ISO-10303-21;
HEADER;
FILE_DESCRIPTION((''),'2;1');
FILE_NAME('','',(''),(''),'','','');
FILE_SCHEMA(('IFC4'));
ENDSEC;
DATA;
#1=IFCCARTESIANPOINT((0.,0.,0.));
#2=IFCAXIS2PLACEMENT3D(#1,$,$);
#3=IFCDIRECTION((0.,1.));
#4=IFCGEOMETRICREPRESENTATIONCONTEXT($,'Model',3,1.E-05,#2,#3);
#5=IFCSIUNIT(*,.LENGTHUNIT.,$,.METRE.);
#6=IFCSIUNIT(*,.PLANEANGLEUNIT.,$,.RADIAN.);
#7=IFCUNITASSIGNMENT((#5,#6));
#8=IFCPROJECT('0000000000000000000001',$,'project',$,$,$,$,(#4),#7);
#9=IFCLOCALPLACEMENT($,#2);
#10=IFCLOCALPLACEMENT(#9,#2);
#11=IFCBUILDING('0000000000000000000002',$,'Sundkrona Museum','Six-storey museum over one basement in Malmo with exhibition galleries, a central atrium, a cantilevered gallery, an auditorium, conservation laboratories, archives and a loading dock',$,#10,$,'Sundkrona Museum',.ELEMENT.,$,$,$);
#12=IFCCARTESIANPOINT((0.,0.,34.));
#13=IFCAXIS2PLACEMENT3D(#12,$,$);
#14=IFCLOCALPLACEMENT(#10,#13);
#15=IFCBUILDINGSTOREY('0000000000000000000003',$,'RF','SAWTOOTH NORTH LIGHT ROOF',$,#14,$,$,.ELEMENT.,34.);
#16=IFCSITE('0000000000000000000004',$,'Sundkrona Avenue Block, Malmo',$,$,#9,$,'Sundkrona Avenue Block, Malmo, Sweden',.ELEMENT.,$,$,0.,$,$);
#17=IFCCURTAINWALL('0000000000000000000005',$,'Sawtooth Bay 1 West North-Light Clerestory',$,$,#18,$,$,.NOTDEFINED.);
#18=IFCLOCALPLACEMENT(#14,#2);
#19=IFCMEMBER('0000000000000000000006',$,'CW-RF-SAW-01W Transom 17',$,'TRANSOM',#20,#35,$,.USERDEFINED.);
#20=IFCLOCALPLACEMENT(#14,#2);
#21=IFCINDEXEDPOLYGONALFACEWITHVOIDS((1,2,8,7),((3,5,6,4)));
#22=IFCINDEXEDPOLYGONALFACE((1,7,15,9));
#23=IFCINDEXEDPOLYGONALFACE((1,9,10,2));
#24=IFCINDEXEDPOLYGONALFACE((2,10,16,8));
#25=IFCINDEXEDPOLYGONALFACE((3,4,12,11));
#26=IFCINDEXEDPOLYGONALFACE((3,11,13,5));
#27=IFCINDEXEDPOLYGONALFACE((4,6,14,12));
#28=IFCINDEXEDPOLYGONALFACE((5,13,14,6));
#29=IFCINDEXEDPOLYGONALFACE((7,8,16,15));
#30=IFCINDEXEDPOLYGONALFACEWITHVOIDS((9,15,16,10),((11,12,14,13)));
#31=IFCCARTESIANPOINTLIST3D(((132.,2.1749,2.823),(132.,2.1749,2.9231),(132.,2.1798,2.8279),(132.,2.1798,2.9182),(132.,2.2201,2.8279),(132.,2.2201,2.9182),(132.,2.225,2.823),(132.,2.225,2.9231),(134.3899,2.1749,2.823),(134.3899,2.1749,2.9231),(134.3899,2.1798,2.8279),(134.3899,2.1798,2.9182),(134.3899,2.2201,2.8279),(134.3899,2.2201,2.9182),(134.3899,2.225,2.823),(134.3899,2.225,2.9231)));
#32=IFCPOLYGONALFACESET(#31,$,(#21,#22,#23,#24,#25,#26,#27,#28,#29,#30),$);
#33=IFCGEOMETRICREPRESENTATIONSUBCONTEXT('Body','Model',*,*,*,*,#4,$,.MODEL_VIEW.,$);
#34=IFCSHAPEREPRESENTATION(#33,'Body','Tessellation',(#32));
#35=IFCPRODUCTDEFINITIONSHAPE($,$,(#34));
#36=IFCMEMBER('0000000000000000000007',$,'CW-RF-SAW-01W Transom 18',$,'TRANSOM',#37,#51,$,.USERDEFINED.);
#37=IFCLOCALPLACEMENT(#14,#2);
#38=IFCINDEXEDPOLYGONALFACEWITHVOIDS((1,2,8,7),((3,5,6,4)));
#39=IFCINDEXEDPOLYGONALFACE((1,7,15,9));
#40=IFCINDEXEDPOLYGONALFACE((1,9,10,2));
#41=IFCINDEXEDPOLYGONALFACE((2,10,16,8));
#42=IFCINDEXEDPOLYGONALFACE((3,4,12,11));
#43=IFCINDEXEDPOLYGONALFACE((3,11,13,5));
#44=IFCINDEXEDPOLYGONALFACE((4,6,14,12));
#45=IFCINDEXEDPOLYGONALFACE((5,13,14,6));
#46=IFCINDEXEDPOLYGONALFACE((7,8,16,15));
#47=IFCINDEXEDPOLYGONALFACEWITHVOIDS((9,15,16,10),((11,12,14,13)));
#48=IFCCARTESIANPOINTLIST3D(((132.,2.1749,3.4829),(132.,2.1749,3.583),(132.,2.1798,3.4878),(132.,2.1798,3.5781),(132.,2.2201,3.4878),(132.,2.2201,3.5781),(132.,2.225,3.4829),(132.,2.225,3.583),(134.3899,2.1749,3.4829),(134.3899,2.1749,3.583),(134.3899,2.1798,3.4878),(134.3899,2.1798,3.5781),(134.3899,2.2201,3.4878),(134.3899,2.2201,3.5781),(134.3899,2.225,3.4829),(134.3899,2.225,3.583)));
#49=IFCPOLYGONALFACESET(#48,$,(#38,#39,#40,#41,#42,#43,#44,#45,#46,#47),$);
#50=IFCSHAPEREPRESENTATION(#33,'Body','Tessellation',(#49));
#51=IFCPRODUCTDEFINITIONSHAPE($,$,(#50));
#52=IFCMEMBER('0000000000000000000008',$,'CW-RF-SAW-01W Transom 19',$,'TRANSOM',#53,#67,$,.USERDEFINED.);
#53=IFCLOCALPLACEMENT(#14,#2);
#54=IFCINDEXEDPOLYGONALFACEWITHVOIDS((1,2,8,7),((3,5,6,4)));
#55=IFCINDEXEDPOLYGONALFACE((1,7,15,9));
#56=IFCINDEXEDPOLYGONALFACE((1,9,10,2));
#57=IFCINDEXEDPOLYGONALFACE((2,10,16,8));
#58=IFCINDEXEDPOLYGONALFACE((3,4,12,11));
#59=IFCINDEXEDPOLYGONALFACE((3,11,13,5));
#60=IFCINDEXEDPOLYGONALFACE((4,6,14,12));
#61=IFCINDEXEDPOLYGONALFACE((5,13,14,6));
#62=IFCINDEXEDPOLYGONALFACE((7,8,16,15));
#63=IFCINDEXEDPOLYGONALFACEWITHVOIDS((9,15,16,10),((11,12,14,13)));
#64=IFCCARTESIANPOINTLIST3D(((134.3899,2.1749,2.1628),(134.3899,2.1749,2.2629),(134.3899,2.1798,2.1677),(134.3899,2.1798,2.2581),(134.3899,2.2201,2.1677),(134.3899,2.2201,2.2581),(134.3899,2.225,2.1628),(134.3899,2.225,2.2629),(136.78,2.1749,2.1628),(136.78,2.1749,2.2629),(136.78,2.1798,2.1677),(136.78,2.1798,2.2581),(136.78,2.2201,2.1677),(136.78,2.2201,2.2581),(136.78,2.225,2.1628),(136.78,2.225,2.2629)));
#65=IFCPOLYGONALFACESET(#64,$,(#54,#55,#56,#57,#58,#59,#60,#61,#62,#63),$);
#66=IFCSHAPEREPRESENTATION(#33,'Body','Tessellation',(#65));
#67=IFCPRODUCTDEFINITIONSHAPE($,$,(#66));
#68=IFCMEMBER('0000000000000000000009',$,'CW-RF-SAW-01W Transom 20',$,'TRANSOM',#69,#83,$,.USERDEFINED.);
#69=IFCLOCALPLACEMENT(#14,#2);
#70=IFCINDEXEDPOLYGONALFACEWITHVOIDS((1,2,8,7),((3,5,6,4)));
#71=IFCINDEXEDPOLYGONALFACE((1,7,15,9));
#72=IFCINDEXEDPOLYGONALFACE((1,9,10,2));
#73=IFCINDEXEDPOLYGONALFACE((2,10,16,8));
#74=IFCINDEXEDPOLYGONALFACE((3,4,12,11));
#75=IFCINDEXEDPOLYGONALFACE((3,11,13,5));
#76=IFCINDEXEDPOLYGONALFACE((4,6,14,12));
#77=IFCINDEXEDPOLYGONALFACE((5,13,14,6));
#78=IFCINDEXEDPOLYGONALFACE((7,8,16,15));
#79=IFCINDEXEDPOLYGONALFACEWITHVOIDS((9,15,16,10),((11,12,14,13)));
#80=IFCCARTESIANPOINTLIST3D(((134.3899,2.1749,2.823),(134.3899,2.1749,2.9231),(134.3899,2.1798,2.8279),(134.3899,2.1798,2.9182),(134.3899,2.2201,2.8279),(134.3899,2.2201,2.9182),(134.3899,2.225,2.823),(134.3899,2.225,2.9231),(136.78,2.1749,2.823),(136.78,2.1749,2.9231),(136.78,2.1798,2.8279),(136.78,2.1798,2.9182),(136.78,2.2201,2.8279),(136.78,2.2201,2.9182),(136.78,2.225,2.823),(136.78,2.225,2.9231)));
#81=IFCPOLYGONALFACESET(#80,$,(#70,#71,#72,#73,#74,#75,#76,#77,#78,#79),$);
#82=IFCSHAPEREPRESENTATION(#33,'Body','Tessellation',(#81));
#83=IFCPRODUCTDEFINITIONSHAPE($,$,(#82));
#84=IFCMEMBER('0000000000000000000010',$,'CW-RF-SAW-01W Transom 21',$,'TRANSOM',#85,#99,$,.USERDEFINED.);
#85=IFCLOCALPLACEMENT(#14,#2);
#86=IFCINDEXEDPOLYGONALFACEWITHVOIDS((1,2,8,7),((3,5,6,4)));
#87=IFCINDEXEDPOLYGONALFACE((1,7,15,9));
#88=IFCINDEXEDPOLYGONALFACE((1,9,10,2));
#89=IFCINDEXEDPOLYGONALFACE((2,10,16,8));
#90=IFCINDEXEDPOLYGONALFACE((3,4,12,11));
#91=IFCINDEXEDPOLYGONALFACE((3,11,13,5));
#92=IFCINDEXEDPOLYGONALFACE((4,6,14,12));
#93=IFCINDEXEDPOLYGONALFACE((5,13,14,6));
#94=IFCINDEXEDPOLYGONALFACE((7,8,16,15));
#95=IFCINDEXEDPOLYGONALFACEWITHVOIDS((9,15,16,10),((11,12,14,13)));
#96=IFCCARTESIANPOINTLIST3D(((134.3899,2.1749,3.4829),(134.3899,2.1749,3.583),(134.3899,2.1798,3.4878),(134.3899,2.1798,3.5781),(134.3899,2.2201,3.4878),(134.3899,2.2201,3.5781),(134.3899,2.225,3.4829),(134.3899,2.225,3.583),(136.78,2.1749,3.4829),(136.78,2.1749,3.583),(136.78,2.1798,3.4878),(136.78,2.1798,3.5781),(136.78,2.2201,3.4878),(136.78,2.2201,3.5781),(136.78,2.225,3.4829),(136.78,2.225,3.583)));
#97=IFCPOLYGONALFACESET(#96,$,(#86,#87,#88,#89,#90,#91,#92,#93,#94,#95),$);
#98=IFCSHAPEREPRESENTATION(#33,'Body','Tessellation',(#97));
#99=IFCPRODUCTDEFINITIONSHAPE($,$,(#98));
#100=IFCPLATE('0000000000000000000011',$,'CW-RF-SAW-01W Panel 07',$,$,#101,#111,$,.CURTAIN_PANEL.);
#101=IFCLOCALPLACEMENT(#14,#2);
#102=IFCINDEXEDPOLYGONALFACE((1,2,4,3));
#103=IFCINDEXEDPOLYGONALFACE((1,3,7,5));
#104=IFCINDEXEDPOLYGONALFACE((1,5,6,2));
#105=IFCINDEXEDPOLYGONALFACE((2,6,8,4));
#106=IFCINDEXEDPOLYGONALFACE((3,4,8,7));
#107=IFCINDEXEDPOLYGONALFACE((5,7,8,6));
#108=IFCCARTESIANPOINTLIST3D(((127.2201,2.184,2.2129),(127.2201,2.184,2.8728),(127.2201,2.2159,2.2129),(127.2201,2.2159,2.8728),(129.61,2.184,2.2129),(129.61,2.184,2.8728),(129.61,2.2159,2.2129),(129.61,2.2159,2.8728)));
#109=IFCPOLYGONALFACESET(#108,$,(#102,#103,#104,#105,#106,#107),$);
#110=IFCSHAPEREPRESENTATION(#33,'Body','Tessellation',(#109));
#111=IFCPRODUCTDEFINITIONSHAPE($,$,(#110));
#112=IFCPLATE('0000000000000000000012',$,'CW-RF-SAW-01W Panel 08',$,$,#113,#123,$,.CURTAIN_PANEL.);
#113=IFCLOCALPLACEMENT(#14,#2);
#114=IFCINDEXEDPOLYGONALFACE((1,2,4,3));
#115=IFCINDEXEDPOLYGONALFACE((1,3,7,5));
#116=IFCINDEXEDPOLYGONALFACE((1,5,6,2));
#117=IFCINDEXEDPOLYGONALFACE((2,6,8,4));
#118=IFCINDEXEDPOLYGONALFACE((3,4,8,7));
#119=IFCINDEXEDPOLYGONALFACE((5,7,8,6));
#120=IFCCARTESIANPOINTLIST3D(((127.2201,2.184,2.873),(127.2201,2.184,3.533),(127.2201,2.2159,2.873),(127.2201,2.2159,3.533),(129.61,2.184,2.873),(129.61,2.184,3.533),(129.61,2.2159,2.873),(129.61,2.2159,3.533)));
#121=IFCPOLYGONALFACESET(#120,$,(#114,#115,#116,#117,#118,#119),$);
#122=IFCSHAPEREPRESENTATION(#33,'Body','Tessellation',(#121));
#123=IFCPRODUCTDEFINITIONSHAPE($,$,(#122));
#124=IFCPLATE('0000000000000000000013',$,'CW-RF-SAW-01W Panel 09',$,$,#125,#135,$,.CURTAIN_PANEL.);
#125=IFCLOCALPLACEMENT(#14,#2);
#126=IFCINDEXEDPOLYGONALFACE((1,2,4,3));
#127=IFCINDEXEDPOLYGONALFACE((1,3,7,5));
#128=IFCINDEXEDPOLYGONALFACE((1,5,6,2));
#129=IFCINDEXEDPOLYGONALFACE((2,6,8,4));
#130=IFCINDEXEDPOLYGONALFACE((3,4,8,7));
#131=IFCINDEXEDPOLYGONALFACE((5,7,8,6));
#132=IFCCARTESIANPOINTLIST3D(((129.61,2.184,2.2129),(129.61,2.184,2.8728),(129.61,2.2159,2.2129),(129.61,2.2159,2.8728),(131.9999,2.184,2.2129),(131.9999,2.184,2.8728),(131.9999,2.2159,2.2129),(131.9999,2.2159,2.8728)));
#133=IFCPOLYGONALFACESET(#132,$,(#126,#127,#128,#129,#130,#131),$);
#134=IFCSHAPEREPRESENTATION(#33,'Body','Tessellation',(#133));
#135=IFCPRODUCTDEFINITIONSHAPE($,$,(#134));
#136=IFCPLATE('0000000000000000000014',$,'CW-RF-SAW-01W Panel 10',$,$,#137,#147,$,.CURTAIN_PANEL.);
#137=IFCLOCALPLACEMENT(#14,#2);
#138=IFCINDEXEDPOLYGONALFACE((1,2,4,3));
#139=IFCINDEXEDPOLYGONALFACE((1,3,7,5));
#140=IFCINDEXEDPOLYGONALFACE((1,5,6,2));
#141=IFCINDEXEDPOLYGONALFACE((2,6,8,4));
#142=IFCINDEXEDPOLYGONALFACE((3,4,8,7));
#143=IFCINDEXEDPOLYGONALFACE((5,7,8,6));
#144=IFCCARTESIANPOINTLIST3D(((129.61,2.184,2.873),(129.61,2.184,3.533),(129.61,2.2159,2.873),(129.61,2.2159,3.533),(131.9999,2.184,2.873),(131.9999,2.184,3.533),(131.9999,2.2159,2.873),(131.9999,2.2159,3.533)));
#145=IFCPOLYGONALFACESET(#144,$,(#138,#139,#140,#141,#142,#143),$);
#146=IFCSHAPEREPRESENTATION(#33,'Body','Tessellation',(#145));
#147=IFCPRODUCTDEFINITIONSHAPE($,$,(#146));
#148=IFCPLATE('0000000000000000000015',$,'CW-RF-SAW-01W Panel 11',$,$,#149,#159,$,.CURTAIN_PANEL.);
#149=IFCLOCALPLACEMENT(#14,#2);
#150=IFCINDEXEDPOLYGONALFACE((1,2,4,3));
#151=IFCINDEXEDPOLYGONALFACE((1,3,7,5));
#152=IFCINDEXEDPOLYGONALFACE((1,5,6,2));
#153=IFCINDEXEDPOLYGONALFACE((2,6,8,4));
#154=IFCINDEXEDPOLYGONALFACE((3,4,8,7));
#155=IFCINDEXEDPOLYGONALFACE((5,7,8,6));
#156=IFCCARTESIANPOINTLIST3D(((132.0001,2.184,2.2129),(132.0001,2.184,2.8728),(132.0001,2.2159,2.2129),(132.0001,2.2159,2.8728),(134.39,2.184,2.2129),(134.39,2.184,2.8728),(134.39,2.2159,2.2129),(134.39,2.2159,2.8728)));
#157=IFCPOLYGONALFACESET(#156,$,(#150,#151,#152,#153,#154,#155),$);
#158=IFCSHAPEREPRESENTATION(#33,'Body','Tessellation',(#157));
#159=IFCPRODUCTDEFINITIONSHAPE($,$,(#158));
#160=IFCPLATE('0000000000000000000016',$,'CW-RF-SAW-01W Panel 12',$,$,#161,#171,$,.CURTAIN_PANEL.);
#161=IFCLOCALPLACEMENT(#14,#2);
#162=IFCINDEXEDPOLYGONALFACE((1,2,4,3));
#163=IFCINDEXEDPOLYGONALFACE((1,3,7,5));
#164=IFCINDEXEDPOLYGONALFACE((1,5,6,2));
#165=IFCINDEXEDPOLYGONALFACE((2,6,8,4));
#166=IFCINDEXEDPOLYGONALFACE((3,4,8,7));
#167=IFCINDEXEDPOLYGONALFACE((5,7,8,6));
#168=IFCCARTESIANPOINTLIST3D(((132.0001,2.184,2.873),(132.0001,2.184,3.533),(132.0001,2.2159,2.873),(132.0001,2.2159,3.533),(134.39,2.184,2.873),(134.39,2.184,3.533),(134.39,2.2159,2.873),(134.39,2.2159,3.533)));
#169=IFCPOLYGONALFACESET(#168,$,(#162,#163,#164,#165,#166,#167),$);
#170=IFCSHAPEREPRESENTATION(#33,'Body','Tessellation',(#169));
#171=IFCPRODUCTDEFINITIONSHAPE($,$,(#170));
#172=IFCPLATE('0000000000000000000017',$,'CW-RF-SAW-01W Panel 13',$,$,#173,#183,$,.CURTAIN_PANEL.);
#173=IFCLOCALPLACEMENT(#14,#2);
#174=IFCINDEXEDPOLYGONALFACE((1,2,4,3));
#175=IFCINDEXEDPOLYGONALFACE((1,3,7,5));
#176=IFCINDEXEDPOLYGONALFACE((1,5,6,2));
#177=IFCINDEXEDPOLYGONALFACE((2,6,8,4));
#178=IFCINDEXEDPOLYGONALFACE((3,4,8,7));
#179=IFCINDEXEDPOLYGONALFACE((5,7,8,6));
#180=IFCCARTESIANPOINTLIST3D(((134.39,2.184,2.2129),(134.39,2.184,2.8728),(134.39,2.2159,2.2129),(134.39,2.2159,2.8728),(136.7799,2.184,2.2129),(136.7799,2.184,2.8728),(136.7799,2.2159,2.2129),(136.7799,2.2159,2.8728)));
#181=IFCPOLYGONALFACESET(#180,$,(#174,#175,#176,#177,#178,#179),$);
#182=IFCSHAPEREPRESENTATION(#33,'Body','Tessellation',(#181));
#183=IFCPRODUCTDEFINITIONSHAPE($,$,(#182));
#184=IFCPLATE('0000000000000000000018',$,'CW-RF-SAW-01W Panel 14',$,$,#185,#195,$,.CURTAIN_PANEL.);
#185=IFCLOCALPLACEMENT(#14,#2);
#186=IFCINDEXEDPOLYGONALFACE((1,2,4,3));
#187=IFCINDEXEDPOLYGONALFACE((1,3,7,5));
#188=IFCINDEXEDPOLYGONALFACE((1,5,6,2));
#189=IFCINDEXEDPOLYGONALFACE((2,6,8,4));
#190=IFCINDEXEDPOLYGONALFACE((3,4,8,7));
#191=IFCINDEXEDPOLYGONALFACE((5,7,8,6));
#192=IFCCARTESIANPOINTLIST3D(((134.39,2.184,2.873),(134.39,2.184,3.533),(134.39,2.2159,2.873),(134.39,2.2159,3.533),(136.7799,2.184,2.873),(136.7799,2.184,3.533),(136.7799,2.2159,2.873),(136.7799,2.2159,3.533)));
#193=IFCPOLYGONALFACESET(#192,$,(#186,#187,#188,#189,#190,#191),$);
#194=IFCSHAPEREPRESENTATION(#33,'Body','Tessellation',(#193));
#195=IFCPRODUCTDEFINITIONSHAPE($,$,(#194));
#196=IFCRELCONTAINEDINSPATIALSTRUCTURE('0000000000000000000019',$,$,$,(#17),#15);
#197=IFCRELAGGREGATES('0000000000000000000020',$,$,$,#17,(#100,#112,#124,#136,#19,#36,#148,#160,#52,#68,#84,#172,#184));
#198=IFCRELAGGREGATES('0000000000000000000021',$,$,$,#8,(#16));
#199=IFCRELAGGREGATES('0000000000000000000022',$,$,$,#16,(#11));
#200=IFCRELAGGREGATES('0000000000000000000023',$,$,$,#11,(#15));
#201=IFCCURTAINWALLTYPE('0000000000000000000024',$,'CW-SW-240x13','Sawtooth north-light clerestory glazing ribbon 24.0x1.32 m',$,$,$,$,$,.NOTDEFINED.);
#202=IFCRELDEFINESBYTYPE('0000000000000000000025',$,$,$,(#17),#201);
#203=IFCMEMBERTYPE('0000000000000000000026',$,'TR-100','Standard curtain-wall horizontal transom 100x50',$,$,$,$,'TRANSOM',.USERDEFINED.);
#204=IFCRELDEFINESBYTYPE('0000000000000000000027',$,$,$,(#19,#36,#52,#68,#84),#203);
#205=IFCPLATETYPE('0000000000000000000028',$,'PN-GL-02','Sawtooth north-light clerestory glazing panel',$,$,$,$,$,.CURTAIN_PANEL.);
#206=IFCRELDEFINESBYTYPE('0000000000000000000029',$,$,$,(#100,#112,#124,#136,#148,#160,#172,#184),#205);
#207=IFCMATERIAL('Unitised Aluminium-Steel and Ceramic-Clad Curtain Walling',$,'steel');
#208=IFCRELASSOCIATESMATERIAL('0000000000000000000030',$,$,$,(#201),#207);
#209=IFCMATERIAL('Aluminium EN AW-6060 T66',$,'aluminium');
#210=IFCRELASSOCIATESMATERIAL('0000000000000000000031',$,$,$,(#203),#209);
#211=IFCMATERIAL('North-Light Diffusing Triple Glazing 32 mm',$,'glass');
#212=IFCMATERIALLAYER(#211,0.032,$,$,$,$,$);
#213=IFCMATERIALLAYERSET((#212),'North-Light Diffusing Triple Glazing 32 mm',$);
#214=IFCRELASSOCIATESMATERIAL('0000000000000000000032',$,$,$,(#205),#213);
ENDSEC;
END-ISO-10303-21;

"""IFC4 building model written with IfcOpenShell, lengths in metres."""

from ifc_helpers import new_model, si_unit, direction, frame, origin, origin_2d, place, context, subcontext, project, spatial, rectangle, hollow_rectangle, extrude, material, layer, layer_set, material_profile, profile_set, type_object, element, aggregate, save


model = new_model("IFC4")

# Units and contexts
model_context = context("Model", 3, precision=1e-05, world=origin(), true_north=direction((0.0, 1.0)))
body_context = subcontext(model_context, "Body", "Model", "MODEL_VIEW")
ifc_project = project(units=[si_unit("LENGTHUNIT", "METRE"), si_unit("PLANEANGLEUNIT", "RADIAN")], contexts=[model_context])

# Site, building, storey
site_placement = place(None, origin())
site = spatial("IfcSite", under=ifc_project, at=site_placement, Name="Sundkrona Avenue Block, Malmo", LongName="Sundkrona Avenue Block, Malmo, Sweden", CompositionType="ELEMENT", RefElevation=0.0)
building_placement = place(site_placement, origin())
building = spatial("IfcBuilding", under=site, at=building_placement, Name="Sundkrona Museum", Description="Six-storey museum over one basement in Malmo with exhibition galleries, a central atrium, a cantilevered gallery, an auditorium, conservation laboratories, archives and a loading dock", LongName="Sundkrona Museum", CompositionType="ELEMENT")
storey_placement = place(building_placement, frame((0.0, 0.0, 34.0)))
storey = spatial("IfcBuildingStorey", under=building, at=storey_placement, Name="RF", Description="SAWTOOTH NORTH LIGHT ROOF", CompositionType="ELEMENT", Elevation=34.0)

# Curtain wall
ifc_material_1 = material(Name="Unitised Aluminium-Steel and Ceramic-Clad Curtain Walling", Category="steel")
curtain_wall_type = type_object("IfcCurtainWallType", Name="CW-SW-240x13", Description="Sawtooth north-light clerestory glazing ribbon 24.0x1.32 m", PredefinedType="NOTDEFINED", material=ifc_material_1)
curtain_wall_placement = place(storey_placement, origin())
curtain_wall = element("IfcCurtainWall", 1, at=curtain_wall_placement, inside=storey, type_object=curtain_wall_type, Name="Sawtooth Bay 1 West North-Light Clerestory", PredefinedType="NOTDEFINED")
ifc_material_2 = material(Name="Aluminium EN AW-6060 T66", Category="aluminium")

# Members
ifc_material_profile_1 = material_profile(ifc_material_2, hollow_rectangle(XDim=0.05, YDim=0.1001, WallThickness=0.0049, at=origin_2d()), Name="RHS 100x50x5.0")
ifc_profile_set_1 = profile_set([ifc_material_profile_1], Name="Aluminium EN AW-6060 T66")
member_type_1 = type_object("IfcMemberType", Name="TR-100", Description="Standard curtain-wall horizontal transom 100x50", ElementType="TRANSOM", PredefinedType="USERDEFINED", material=ifc_profile_set_1)
member_1_placement = place(storey_placement, frame((132.0, 2.2, 2.873), z_axis=(1.0, 0.0, 0.0), x_axis=(0.0, 1.0, 0.0)))
member_1 = element("IfcMember", 2, at=member_1_placement, type_object=member_type_1, Name="CW-RF-SAW-01W Transom 17", ObjectType="TRANSOM", PredefinedType="USERDEFINED", context=body_context, shape_type="SweptSolid", body=[
    extrude(hollow_rectangle(XDim=0.05, YDim=0.1001, WallThickness=0.0049, at=origin_2d()), origin(), (0.0, 0.0, 1.0), 2.3899),
])
member_2_placement = place(storey_placement, frame((132.0, 2.2, 3.533), z_axis=(1.0, 0.0, 0.0), x_axis=(0.0, 1.0, 0.0)))
member_2 = element("IfcMember", 3, at=member_2_placement, type_object=member_type_1, Name="CW-RF-SAW-01W Transom 18", ObjectType="TRANSOM", PredefinedType="USERDEFINED", context=body_context, shape_type="SweptSolid", body=[
    extrude(hollow_rectangle(XDim=0.05, YDim=0.1001, WallThickness=0.0049, at=origin_2d()), origin(), (0.0, 0.0, 1.0), 2.3899),
])
member_3_placement = place(storey_placement, frame((134.3899, 2.2, 2.2129), z_axis=(1.0, 0.0, 0.0), x_axis=(0.0, 1.0, 0.0)))
member_3 = element("IfcMember", 4, at=member_3_placement, type_object=member_type_1, Name="CW-RF-SAW-01W Transom 19", ObjectType="TRANSOM", PredefinedType="USERDEFINED", context=body_context, shape_type="SweptSolid", body=[
    extrude(hollow_rectangle(XDim=0.05, YDim=0.1001, WallThickness=0.0049, at=origin_2d()), origin(), (0.0, 0.0, 1.0), 2.3901),
])
member_4_placement = place(storey_placement, frame((134.3899, 2.2, 2.873), z_axis=(1.0, 0.0, 0.0), x_axis=(0.0, 1.0, 0.0)))
member_4 = element("IfcMember", 5, at=member_4_placement, type_object=member_type_1, Name="CW-RF-SAW-01W Transom 20", ObjectType="TRANSOM", PredefinedType="USERDEFINED", context=body_context, shape_type="SweptSolid", body=[
    extrude(hollow_rectangle(XDim=0.05, YDim=0.1001, WallThickness=0.0049, at=origin_2d()), origin(), (0.0, 0.0, 1.0), 2.3901),
])
member_5_placement = place(storey_placement, frame((134.3899, 2.2, 3.533), z_axis=(1.0, 0.0, 0.0), x_axis=(0.0, 1.0, 0.0)))
member_5 = element("IfcMember", 6, at=member_5_placement, type_object=member_type_1, Name="CW-RF-SAW-01W Transom 21", ObjectType="TRANSOM", PredefinedType="USERDEFINED", context=body_context, shape_type="SweptSolid", body=[
    extrude(hollow_rectangle(XDim=0.05, YDim=0.1001, WallThickness=0.0049, at=origin_2d()), origin(), (0.0, 0.0, 1.0), 2.3901),
])

# Plates
ifc_material_3 = material(Name="North-Light Diffusing Triple Glazing 32 mm", Category="glass")
ifc_layer = layer(ifc_material_3, 0.032)
ifc_layer_set = layer_set([ifc_layer], Name="North-Light Diffusing Triple Glazing 32 mm")
plate_type = type_object("IfcPlateType", Name="PN-GL-02", Description="Sawtooth north-light clerestory glazing panel", PredefinedType="CURTAIN_PANEL", material=ifc_layer_set)
plate_1_placement = place(storey_placement, frame((128.415, 2.2, 2.2129), z_axis=(0.0, 0.0, 1.0), x_axis=(1.0, 0.0, 0.0)))
plate_1 = element("IfcPlate", 7, at=plate_1_placement, type_object=plate_type, Name="CW-RF-SAW-01W Panel 07", PredefinedType="CURTAIN_PANEL", context=body_context, shape_type="SweptSolid", body=[
    extrude(rectangle(XDim=2.3899, YDim=0.032, at=origin_2d()), origin(), (0.0, 0.0, 1.0), 0.6599),
])
plate_2_placement = place(storey_placement, frame((128.415, 2.2, 2.873), z_axis=(0.0, 0.0, 1.0), x_axis=(1.0, 0.0, 0.0)))
plate_2 = element("IfcPlate", 8, at=plate_2_placement, type_object=plate_type, Name="CW-RF-SAW-01W Panel 08", PredefinedType="CURTAIN_PANEL", context=body_context, shape_type="SweptSolid", body=[
    extrude(rectangle(XDim=2.3899, YDim=0.032, at=origin_2d()), origin(), (0.0, 0.0, 1.0), 0.6599),
])
plate_3_placement = place(storey_placement, frame((130.8049, 2.2, 2.2129), z_axis=(0.0, 0.0, 1.0), x_axis=(1.0, 0.0, 0.0)))
plate_3 = element("IfcPlate", 9, at=plate_3_placement, type_object=plate_type, Name="CW-RF-SAW-01W Panel 09", PredefinedType="CURTAIN_PANEL", context=body_context, shape_type="SweptSolid", body=[
    extrude(rectangle(XDim=2.3899, YDim=0.032, at=origin_2d()), origin(), (0.0, 0.0, 1.0), 0.6599),
])
plate_4_placement = place(storey_placement, frame((130.8049, 2.2, 2.873), z_axis=(0.0, 0.0, 1.0), x_axis=(1.0, 0.0, 0.0)))
plate_4 = element("IfcPlate", 10, at=plate_4_placement, type_object=plate_type, Name="CW-RF-SAW-01W Panel 10", PredefinedType="CURTAIN_PANEL", context=body_context, shape_type="SweptSolid", body=[
    extrude(rectangle(XDim=2.3899, YDim=0.032, at=origin_2d()), origin(), (0.0, 0.0, 1.0), 0.6599),
])
plate_5_placement = place(storey_placement, frame((133.1951, 2.2, 2.2129), z_axis=(0.0, 0.0, 1.0), x_axis=(1.0, 0.0, 0.0)))
plate_5 = element("IfcPlate", 11, at=plate_5_placement, type_object=plate_type, Name="CW-RF-SAW-01W Panel 11", PredefinedType="CURTAIN_PANEL", context=body_context, shape_type="SweptSolid", body=[
    extrude(rectangle(XDim=2.3899, YDim=0.032, at=origin_2d()), origin(), (0.0, 0.0, 1.0), 0.6599),
])
plate_6_placement = place(storey_placement, frame((133.1951, 2.2, 2.873), z_axis=(0.0, 0.0, 1.0), x_axis=(1.0, 0.0, 0.0)))
plate_6 = element("IfcPlate", 12, at=plate_6_placement, type_object=plate_type, Name="CW-RF-SAW-01W Panel 12", PredefinedType="CURTAIN_PANEL", context=body_context, shape_type="SweptSolid", body=[
    extrude(rectangle(XDim=2.3899, YDim=0.032, at=origin_2d()), origin(), (0.0, 0.0, 1.0), 0.6599),
])
plate_7_placement = place(storey_placement, frame((135.585, 2.2, 2.2129), z_axis=(0.0, 0.0, 1.0), x_axis=(1.0, 0.0, 0.0)))
plate_7 = element("IfcPlate", 13, at=plate_7_placement, type_object=plate_type, Name="CW-RF-SAW-01W Panel 13", PredefinedType="CURTAIN_PANEL", context=body_context, shape_type="SweptSolid", body=[
    extrude(rectangle(XDim=2.3899, YDim=0.032, at=origin_2d()), origin(), (0.0, 0.0, 1.0), 0.6599),
])
plate_8_placement = place(storey_placement, frame((135.585, 2.2, 2.873), z_axis=(0.0, 0.0, 1.0), x_axis=(1.0, 0.0, 0.0)))
plate_8 = element("IfcPlate", 14, at=plate_8_placement, type_object=plate_type, Name="CW-RF-SAW-01W Panel 14", PredefinedType="CURTAIN_PANEL", context=body_context, shape_type="SweptSolid", body=[
    extrude(rectangle(XDim=2.3899, YDim=0.032, at=origin_2d()), origin(), (0.0, 0.0, 1.0), 0.6599),
])
aggregate(curtain_wall, [plate_1, plate_2, plate_3, plate_4, member_1, member_2, plate_5, plate_6, member_3, member_4, member_5, plate_7, plate_8])

save(model, "model.ifc")
